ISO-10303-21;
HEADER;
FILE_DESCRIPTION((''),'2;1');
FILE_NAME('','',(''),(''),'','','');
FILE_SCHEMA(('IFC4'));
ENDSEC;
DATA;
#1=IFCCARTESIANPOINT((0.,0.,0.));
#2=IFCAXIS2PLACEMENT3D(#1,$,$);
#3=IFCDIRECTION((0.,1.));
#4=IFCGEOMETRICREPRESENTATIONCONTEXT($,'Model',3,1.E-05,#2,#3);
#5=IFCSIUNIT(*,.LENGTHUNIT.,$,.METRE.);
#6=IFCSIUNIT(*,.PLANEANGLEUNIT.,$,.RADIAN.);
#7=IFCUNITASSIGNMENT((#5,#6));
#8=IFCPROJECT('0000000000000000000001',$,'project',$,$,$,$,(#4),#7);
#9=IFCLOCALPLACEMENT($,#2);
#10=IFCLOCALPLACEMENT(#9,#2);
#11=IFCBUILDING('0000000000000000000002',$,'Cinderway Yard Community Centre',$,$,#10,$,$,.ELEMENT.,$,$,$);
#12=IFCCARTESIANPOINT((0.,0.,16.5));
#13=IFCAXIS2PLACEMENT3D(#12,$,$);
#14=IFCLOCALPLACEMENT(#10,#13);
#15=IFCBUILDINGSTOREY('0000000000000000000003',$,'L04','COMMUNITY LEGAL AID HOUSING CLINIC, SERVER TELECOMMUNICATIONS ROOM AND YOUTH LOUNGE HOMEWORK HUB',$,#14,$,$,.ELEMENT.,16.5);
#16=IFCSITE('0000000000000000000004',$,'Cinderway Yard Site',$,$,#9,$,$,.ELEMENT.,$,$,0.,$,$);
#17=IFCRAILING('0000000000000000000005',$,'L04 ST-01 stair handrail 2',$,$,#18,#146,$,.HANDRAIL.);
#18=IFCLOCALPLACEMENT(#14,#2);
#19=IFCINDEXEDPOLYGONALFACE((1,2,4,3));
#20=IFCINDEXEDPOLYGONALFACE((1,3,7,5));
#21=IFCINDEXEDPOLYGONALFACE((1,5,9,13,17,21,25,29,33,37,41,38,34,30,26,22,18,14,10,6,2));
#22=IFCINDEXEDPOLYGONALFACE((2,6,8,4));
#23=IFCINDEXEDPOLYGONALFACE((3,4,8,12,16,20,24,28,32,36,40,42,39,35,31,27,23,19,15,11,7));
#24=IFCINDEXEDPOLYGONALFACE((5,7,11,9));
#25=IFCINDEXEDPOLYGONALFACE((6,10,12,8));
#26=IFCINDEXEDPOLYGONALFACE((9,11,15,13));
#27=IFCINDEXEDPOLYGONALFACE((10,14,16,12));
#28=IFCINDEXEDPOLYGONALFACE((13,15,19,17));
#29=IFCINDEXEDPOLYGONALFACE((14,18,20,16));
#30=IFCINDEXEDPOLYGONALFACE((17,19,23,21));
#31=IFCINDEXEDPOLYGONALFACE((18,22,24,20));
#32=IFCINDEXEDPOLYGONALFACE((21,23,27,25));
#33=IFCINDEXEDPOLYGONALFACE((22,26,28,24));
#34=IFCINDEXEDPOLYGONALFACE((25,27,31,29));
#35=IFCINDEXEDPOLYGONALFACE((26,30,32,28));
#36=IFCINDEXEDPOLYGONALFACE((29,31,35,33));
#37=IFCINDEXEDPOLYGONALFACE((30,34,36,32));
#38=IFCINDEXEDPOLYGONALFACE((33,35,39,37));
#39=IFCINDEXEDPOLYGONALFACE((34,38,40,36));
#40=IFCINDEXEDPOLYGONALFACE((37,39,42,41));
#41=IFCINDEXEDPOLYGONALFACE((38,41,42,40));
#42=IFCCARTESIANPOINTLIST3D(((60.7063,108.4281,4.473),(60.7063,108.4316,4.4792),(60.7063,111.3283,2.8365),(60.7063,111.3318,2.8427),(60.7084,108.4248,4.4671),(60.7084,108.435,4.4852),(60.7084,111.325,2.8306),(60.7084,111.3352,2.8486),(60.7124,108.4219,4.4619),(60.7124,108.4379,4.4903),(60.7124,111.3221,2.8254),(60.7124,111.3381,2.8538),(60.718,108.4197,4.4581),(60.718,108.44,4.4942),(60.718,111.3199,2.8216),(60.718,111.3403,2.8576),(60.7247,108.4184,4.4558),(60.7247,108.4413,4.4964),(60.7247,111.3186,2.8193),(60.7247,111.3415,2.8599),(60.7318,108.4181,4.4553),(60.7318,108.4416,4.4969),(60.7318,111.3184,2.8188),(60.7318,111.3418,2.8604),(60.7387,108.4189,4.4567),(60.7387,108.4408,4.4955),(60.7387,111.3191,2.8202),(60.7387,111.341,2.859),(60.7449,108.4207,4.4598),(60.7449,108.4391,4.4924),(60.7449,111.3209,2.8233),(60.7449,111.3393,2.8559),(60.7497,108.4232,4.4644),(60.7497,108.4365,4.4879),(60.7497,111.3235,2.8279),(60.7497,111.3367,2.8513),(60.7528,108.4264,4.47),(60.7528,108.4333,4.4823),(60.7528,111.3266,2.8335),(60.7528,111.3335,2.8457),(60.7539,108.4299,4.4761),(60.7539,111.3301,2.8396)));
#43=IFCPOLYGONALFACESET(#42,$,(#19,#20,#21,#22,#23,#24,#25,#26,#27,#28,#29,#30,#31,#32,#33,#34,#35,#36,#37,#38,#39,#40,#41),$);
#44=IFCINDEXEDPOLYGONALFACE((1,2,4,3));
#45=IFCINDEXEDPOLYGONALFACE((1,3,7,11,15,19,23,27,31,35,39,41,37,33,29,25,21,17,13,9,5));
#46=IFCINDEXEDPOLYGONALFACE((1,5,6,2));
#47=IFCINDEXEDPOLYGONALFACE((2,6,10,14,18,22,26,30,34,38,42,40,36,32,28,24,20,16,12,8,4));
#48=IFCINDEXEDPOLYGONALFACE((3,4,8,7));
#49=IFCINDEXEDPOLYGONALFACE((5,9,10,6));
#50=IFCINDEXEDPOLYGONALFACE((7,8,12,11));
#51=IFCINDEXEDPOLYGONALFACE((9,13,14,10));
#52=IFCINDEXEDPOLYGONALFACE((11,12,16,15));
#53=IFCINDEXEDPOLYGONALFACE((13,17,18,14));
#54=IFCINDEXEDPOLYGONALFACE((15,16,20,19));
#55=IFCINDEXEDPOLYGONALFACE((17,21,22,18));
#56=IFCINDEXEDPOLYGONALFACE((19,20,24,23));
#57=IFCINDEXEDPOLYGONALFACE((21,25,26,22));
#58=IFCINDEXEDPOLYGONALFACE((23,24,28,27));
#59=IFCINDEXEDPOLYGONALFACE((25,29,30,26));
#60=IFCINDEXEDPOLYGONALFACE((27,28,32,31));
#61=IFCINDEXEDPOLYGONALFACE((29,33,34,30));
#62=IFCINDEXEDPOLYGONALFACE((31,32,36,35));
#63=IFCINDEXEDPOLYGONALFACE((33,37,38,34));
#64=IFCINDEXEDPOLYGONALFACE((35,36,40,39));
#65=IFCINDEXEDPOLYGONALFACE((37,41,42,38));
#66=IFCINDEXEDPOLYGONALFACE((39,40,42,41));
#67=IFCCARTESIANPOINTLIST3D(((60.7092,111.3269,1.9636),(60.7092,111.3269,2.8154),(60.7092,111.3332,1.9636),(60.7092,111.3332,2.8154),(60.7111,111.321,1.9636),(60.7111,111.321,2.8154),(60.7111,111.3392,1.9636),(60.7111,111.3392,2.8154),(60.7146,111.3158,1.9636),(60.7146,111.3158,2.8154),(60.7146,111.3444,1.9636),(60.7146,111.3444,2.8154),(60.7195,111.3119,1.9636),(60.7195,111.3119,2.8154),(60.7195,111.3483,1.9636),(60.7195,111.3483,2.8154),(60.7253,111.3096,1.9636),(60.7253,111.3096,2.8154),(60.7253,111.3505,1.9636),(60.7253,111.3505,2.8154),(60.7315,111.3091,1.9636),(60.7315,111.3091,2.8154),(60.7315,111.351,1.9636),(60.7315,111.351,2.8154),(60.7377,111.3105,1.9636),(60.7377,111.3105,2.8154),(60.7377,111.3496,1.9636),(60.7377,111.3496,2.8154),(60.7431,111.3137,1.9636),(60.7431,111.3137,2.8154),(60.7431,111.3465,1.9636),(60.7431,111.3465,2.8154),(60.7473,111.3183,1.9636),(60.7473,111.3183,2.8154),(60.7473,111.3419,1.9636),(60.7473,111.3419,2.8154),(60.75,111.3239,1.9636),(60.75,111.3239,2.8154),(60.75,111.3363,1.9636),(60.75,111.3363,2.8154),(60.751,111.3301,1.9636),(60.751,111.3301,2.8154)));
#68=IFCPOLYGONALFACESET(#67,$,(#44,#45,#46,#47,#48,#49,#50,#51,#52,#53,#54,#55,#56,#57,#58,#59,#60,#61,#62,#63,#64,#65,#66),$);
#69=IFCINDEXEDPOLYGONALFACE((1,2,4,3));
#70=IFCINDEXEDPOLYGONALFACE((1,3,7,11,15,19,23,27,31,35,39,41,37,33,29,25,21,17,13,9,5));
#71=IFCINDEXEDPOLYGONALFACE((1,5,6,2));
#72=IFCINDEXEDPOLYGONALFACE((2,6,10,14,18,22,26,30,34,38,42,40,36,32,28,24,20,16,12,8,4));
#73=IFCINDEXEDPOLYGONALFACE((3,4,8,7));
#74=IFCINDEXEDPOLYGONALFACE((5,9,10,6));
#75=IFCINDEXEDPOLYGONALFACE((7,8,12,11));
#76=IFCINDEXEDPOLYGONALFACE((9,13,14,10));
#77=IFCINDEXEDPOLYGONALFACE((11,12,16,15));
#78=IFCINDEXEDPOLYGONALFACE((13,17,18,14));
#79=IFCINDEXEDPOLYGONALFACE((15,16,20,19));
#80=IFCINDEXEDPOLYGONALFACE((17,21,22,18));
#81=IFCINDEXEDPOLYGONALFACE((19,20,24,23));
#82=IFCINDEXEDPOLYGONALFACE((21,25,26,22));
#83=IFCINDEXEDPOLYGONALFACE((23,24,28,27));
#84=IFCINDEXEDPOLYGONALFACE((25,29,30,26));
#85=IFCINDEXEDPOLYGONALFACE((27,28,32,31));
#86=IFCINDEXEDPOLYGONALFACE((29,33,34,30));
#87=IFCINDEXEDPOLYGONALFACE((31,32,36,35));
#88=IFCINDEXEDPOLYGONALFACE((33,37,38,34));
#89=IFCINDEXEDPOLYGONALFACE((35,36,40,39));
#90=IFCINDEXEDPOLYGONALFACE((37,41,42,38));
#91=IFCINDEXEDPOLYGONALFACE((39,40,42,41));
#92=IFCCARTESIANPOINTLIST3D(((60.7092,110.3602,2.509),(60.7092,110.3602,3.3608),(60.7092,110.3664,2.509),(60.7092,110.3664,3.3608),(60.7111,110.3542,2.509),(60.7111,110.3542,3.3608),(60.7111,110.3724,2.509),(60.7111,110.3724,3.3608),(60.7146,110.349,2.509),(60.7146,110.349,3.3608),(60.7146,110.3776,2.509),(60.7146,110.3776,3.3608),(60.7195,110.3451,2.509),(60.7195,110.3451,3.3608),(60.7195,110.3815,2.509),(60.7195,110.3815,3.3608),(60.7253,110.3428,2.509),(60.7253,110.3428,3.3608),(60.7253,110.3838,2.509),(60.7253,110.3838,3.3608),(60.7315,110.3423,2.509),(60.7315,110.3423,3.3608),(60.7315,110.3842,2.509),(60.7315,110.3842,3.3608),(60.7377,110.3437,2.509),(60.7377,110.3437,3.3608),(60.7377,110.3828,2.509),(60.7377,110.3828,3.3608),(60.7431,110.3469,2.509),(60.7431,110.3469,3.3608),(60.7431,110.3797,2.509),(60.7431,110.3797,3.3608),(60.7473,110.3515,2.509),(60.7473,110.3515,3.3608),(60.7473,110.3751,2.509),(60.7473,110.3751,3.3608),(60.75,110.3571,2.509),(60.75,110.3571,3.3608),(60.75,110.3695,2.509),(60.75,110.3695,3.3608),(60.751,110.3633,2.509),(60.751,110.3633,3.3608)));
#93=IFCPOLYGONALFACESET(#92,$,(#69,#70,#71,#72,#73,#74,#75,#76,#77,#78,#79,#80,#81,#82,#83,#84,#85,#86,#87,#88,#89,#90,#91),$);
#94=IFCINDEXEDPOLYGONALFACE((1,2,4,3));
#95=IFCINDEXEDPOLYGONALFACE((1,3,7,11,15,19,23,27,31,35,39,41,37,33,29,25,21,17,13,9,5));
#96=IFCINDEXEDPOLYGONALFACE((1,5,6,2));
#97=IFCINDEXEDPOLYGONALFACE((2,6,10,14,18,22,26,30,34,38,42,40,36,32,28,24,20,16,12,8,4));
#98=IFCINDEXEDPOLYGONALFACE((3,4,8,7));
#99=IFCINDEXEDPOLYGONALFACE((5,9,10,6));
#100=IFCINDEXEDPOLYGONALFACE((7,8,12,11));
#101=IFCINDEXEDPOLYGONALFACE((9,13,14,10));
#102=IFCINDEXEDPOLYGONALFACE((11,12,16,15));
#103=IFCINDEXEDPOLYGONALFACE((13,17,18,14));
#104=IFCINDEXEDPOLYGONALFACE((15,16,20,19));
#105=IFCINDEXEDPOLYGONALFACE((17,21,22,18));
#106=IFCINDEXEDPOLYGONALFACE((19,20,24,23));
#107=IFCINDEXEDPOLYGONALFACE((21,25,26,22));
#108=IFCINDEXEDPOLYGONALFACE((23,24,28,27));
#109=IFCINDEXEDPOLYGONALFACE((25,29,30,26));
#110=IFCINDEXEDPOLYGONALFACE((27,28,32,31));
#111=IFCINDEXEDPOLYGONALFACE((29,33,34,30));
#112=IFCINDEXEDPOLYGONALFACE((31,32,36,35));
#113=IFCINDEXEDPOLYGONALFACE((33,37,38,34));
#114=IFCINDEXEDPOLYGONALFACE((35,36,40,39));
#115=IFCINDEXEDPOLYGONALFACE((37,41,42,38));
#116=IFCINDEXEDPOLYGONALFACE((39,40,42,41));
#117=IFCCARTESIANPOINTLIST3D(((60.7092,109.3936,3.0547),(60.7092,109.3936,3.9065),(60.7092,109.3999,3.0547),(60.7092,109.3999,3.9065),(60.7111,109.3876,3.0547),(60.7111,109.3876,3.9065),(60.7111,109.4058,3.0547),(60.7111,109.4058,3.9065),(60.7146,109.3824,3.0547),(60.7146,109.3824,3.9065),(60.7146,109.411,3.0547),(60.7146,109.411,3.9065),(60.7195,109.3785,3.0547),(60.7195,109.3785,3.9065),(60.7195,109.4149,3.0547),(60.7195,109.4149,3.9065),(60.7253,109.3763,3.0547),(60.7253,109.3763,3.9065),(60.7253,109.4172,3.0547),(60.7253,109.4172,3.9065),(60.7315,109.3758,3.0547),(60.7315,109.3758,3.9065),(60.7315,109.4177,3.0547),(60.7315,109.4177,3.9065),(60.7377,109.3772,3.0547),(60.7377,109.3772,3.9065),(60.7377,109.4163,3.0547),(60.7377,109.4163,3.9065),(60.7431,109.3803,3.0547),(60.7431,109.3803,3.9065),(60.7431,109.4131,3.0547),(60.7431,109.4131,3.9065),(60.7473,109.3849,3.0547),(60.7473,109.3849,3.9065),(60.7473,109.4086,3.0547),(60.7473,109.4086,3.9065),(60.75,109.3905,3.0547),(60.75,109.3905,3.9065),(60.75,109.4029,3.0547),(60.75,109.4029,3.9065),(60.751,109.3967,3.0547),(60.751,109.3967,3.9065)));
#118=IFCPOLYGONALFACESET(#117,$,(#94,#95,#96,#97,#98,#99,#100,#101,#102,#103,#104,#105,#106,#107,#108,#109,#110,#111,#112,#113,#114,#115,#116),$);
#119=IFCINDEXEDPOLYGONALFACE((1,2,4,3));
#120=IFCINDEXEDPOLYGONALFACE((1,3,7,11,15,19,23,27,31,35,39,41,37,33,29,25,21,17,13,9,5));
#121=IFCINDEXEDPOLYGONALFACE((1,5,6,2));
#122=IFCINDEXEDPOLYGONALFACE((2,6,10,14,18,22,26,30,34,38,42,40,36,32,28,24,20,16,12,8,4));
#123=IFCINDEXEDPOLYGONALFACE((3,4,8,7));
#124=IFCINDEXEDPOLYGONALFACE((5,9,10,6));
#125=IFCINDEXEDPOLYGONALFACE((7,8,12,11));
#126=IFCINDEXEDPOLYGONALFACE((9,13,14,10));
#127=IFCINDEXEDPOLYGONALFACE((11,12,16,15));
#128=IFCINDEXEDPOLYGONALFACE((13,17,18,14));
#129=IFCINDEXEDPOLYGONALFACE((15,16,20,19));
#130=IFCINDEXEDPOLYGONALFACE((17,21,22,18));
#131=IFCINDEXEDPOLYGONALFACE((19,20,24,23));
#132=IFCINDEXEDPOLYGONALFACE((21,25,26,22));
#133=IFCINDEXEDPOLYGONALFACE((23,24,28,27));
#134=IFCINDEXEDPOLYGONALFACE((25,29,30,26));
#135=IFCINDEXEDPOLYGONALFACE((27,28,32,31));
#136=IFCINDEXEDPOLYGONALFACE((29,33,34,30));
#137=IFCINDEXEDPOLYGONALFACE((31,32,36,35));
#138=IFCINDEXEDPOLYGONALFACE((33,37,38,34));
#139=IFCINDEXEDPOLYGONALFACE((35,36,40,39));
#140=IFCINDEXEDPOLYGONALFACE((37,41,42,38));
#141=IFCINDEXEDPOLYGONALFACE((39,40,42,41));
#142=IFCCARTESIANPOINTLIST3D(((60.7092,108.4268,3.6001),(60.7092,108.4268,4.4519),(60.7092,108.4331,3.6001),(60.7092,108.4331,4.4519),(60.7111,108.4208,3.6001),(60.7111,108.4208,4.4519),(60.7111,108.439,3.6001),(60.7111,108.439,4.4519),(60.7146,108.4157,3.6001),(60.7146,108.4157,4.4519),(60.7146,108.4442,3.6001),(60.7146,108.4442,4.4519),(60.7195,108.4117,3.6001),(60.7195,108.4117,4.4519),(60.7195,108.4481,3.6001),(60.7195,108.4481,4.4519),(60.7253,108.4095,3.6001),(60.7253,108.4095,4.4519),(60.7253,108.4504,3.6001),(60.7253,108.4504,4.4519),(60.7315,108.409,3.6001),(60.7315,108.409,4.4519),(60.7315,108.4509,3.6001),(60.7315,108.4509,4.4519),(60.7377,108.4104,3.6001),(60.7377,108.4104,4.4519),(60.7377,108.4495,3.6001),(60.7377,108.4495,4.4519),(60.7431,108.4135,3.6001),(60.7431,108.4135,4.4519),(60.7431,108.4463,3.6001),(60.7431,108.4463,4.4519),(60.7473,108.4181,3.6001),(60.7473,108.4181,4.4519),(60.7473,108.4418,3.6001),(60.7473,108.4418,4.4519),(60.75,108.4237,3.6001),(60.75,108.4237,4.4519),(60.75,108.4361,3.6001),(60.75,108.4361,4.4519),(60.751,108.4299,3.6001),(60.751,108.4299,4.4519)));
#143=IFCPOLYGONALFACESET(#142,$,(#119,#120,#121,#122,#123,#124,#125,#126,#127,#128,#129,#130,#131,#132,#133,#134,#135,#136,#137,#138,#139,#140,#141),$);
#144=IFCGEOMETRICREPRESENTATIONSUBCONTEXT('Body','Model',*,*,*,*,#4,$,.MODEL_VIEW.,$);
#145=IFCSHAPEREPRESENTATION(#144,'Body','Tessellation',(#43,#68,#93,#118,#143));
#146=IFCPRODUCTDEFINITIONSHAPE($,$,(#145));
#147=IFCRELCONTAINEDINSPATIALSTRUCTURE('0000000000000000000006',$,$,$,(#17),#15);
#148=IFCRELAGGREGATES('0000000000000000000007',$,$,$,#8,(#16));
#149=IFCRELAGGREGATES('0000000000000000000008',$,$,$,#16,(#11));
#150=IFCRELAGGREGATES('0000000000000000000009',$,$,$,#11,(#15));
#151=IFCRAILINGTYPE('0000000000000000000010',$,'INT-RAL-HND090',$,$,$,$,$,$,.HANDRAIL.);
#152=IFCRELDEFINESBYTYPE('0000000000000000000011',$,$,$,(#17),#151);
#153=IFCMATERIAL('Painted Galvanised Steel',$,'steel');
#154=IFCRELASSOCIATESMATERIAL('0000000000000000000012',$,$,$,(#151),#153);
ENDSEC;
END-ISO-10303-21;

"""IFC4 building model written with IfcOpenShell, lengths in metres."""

from ifc_helpers import new_model, si_unit, direction, frame, origin, origin_2d, place, context, subcontext, project, spatial, circle, extrude, material, type_object, element, save


model = new_model("IFC4")

# Units and contexts
model_context = context("Model", 3, precision=1e-05, world=origin(), true_north=direction((0.0, 1.0)))
body_context = subcontext(model_context, "Body", "Model", "MODEL_VIEW")
ifc_project = project(units=[si_unit("LENGTHUNIT", "METRE"), si_unit("PLANEANGLEUNIT", "RADIAN")], contexts=[model_context])

# Site, building, storey
site_placement = place(None, origin())
site = spatial("IfcSite", under=ifc_project, at=site_placement, Name="Cinderway Yard Site", CompositionType="ELEMENT", RefElevation=0.0)
building_placement = place(site_placement, origin())
building = spatial("IfcBuilding", under=site, at=building_placement, Name="Cinderway Yard Community Centre", CompositionType="ELEMENT")
storey_placement = place(building_placement, frame((0.0, 0.0, 16.5)))
storey = spatial("IfcBuildingStorey", under=building, at=storey_placement, Name="L04", Description="COMMUNITY LEGAL AID HOUSING CLINIC, SERVER TELECOMMUNICATIONS ROOM AND YOUTH LOUNGE HOMEWORK HUB", CompositionType="ELEMENT", Elevation=16.5)

# Shared definitions
ifc_material_1 = material(Name="Painted Galvanised Steel", Category="steel")

# Railing
railing_type_1 = type_object("IfcRailingType", Name="INT-RAL-HND090", PredefinedType="HANDRAIL", material=ifc_material_1)
railing_1_placement = place(storey_placement, frame((60.73, 111.3301, 1.9636)))
element("IfcRailing", 1, at=railing_1_placement, inside=storey, type_object=railing_type_1, Name="L04 ST-01 stair handrail 2", PredefinedType="HANDRAIL", context=body_context, shape_type="SweptSolid", body=[
    extrude(circle(Radius=0.0239, at=origin_2d()), frame((0.0, 0.0, 0.876), z_axis=(0.0, -0.870915, 0.491434), x_axis=(1.0, 0.0, 0.0)), (0.0, 0.0, 1.0), 3.3301),
    extrude(circle(Radius=0.021, at=origin_2d()), origin(), (0.0, 0.0, 1.0), 0.8518),
    extrude(circle(Radius=0.021, at=origin_2d()), frame((0.0, -0.9668, 0.5454)), (0.0, 0.0, 1.0), 0.8518),
    extrude(circle(Radius=0.021, at=origin_2d()), frame((0.0, -1.9333, 1.0911)), (0.0, 0.0, 1.0), 0.8518),
    extrude(circle(Radius=0.021, at=origin_2d()), frame((0.0, -2.9001, 1.6365)), (0.0, 0.0, 1.0), 0.8518),
])

save(model, "model.ifc")
